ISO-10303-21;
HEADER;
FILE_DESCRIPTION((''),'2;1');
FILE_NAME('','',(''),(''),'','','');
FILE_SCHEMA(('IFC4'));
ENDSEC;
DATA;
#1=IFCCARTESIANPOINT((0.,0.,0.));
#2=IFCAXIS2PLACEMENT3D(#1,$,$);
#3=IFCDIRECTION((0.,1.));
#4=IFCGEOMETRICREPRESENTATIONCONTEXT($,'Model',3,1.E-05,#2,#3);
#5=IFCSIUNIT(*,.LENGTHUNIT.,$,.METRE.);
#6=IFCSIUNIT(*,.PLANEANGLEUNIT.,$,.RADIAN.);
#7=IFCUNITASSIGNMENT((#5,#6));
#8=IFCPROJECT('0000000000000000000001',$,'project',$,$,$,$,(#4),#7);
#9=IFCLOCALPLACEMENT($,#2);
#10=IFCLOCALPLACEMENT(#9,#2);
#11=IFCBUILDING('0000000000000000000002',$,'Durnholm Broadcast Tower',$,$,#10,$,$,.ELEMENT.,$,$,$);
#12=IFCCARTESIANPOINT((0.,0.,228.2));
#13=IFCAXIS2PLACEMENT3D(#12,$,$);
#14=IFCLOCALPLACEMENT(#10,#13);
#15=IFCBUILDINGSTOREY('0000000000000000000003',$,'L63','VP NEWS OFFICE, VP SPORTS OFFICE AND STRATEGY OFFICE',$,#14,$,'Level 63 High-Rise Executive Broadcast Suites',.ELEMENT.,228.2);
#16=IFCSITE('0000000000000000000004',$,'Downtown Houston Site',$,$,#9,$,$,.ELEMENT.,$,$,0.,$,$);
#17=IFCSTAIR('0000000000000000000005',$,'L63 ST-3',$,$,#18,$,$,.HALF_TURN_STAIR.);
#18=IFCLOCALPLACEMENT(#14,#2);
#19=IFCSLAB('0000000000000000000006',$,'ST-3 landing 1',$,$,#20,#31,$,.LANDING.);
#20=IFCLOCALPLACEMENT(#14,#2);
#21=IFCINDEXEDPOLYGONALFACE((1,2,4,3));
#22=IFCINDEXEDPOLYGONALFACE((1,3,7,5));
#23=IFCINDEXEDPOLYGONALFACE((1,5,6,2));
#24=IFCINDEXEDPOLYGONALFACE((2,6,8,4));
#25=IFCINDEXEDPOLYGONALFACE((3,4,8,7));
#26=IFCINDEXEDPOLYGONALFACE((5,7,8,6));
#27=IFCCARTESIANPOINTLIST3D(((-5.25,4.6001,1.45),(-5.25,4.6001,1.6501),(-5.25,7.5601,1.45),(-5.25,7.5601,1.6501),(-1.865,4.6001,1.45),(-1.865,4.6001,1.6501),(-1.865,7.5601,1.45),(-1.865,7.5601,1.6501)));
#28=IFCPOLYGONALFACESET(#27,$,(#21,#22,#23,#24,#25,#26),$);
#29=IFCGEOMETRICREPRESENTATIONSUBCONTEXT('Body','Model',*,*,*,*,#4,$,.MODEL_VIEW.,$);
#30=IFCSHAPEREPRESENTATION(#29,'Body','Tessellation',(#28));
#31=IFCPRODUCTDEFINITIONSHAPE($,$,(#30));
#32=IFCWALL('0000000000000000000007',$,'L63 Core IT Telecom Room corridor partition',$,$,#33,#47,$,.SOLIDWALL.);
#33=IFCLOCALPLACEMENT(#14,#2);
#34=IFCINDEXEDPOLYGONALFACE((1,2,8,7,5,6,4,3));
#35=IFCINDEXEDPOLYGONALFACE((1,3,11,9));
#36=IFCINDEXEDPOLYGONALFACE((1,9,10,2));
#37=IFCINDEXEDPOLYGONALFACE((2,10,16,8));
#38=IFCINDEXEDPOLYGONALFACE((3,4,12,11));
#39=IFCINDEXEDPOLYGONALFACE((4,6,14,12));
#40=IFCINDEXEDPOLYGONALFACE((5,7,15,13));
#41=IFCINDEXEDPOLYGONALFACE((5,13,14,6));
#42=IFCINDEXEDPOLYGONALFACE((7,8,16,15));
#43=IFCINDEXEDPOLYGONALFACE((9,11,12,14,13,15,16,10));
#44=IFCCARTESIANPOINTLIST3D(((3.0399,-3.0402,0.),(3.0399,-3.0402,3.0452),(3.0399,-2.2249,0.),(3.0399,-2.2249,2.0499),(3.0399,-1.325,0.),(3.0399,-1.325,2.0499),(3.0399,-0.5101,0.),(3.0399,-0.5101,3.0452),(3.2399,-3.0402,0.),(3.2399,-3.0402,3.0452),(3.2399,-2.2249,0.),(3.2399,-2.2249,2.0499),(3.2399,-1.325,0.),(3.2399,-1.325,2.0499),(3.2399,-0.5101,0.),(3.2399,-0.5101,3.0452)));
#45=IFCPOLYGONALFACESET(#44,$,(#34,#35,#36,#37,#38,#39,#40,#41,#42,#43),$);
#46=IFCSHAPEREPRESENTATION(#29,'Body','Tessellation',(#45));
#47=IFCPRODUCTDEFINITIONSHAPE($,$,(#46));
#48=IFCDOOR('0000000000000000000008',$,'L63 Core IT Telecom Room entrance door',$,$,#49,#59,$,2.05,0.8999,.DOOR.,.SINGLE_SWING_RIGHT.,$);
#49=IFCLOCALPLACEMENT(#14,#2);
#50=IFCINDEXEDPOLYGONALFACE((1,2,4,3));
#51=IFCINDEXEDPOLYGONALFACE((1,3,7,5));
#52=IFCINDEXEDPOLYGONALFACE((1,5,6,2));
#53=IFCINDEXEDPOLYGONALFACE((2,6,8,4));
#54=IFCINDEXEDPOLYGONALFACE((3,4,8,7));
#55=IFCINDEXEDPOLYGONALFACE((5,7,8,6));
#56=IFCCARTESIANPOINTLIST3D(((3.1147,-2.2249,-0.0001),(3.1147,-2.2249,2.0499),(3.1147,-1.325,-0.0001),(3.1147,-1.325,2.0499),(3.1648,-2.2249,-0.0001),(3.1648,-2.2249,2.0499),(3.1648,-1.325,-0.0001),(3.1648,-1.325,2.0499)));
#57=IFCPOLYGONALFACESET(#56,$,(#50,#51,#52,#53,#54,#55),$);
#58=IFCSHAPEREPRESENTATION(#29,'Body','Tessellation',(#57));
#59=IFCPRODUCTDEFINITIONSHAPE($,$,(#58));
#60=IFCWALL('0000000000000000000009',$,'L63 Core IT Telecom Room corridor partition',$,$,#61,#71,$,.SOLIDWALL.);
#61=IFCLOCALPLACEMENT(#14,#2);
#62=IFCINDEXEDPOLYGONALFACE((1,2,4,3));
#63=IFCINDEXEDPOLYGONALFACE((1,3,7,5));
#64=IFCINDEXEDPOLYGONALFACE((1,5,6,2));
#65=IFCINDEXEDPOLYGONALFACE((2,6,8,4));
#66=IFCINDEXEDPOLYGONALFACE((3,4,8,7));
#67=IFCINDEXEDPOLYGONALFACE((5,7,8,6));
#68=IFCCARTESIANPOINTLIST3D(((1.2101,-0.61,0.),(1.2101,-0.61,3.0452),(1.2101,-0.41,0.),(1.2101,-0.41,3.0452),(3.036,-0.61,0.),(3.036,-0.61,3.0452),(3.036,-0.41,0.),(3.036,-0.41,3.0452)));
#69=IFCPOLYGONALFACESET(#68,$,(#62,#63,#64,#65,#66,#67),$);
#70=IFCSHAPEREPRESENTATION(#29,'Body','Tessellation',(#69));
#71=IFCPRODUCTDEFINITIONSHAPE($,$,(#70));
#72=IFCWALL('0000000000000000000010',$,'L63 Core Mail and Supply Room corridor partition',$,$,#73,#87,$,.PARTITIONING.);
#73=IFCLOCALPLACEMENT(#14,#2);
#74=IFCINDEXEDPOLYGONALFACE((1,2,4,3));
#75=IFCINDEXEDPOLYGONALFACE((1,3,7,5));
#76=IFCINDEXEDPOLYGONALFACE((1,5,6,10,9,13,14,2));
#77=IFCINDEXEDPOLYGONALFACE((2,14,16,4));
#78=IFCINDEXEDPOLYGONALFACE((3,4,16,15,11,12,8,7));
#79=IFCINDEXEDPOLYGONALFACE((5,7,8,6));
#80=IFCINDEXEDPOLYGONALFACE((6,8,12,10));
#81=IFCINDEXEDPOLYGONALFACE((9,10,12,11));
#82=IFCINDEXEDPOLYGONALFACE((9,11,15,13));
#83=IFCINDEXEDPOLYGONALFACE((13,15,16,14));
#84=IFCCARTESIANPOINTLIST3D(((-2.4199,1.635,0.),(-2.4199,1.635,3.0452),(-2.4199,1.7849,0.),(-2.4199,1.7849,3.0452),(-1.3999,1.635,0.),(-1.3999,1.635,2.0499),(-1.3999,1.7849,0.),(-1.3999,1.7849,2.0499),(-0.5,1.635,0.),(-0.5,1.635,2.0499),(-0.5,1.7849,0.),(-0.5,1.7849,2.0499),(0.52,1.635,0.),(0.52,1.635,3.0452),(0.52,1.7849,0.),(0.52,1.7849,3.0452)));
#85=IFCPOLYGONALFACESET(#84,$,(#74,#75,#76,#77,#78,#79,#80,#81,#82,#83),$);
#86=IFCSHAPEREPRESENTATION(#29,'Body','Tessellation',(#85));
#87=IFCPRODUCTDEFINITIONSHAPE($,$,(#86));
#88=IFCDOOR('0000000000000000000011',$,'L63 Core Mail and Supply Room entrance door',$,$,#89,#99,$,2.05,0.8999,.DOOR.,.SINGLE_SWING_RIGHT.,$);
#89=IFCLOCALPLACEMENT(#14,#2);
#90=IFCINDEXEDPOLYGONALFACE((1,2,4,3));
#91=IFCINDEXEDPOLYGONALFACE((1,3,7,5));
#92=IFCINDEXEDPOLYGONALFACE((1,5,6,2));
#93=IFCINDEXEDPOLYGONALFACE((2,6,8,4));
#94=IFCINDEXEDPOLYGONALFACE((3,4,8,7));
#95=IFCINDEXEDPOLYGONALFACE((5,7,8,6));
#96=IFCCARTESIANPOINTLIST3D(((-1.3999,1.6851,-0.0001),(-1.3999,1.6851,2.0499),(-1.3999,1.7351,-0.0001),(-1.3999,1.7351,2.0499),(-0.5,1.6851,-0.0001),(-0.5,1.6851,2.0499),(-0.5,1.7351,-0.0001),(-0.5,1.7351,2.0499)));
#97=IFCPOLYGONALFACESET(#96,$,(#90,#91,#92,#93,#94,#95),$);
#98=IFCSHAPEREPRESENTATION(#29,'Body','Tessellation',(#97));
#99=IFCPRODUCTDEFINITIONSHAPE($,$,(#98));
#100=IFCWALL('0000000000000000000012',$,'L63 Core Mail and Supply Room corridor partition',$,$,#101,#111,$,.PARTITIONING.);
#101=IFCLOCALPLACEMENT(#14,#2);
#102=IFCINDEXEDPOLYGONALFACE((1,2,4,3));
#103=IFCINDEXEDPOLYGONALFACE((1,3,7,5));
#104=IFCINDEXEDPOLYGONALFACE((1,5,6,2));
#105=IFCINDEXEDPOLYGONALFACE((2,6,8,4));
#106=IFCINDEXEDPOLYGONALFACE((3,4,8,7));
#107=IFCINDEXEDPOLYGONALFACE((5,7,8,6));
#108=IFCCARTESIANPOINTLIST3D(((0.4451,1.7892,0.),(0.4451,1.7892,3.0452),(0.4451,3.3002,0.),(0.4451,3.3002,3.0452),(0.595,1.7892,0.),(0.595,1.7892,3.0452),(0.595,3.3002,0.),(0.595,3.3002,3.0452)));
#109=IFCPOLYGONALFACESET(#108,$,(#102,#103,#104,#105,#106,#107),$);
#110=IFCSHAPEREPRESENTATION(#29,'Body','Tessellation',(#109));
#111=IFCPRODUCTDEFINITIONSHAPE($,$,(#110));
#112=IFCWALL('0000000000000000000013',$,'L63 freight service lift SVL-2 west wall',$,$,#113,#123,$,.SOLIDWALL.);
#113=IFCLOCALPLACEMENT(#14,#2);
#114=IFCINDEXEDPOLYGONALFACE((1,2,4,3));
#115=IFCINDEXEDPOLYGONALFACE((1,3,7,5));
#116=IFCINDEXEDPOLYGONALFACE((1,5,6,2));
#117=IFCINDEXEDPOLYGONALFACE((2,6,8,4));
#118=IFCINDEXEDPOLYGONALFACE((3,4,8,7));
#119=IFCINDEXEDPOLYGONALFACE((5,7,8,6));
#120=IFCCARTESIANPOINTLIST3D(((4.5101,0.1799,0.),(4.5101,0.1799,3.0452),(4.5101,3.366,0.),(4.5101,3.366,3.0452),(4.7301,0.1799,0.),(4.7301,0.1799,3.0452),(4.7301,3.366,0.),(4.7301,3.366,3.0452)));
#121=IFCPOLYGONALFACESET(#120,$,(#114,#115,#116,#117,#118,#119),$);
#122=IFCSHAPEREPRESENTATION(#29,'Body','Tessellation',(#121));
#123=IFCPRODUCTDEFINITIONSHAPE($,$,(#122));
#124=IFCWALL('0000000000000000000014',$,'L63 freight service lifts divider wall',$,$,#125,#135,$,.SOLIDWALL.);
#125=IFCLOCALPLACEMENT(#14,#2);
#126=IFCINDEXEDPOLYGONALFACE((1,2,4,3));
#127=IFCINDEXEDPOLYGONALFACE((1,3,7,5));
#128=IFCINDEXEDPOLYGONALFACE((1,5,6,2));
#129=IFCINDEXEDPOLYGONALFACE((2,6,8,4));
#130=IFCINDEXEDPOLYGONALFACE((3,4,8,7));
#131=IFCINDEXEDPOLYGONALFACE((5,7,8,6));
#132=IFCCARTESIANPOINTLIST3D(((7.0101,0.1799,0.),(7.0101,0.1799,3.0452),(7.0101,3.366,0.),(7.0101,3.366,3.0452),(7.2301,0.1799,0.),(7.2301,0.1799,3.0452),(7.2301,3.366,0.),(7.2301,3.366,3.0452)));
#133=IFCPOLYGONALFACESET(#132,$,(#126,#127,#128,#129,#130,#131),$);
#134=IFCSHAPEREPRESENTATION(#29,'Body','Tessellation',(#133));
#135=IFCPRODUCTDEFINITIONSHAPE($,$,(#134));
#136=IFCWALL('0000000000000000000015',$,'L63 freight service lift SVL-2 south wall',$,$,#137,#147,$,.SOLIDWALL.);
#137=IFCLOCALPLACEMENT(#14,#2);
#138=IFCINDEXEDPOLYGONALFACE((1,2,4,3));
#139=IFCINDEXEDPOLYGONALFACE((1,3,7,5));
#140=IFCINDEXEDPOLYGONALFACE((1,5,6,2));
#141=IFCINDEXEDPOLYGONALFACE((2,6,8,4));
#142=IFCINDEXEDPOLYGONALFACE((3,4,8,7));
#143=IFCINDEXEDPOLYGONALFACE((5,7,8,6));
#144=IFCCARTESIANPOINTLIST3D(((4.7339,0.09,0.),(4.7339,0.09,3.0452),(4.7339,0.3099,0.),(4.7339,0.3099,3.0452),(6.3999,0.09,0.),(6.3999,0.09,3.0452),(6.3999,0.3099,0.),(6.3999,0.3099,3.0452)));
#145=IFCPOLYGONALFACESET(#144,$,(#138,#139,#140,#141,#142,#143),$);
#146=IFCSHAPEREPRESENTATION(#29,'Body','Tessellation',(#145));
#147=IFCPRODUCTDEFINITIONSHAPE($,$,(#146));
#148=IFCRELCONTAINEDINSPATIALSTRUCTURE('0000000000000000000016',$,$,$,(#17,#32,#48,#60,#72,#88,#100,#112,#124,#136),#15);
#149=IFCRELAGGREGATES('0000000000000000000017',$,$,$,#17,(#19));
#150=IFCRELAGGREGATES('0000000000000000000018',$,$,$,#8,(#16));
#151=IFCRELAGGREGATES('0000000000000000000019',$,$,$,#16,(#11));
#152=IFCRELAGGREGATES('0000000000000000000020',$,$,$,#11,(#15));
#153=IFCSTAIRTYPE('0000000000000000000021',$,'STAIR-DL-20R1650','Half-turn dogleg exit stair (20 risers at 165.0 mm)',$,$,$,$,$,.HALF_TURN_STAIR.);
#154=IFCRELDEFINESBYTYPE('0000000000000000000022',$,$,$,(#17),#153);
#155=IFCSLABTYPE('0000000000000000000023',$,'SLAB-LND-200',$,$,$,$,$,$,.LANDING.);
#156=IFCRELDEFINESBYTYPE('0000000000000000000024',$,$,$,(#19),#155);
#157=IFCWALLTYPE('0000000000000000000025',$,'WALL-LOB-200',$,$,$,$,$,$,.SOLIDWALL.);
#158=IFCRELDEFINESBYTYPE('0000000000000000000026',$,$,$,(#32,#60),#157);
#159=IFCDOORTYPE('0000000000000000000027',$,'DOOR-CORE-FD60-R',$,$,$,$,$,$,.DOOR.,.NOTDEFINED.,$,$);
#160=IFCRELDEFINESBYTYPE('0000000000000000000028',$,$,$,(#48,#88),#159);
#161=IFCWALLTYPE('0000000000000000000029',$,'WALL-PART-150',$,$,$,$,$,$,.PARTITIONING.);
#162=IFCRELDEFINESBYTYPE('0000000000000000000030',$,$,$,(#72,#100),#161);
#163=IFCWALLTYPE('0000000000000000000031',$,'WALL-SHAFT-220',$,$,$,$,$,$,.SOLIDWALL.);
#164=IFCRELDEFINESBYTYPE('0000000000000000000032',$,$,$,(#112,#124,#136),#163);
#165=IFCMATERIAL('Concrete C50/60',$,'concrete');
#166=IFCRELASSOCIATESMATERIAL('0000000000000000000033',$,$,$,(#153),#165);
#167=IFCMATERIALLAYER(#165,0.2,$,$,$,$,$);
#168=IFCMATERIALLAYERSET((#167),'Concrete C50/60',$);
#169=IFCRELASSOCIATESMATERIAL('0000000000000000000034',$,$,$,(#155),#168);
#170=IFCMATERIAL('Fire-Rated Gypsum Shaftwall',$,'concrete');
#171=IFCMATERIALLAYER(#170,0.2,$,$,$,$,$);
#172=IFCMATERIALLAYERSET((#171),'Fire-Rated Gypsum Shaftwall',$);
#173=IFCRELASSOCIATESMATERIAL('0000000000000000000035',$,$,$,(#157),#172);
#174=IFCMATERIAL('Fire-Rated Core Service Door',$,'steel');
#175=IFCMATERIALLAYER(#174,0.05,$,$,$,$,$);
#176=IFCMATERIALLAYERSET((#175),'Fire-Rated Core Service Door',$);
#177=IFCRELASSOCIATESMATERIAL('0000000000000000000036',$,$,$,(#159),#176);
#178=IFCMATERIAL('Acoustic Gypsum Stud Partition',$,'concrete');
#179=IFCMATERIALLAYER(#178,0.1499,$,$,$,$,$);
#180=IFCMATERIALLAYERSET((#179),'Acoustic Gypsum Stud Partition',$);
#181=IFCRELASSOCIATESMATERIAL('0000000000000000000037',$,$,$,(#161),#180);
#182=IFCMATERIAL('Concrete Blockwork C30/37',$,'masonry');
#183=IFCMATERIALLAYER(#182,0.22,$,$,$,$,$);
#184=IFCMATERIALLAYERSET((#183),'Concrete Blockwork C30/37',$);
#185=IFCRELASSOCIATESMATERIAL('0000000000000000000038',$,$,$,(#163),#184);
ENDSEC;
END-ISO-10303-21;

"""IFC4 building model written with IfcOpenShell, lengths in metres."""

from ifc_helpers import new_model, si_unit, direction, frame, frame_2d, origin, place, context, subcontext, project, spatial, polyline, rectangle, outline, extrude, source, transform, mapped, material, layer, layer_set, type_object, type_shapes, element, fill, aggregate, save


model = new_model("IFC4")

# Units and contexts
model_context = context("Model", 3, precision=1e-05, world=origin(), true_north=direction((0.0, 1.0)))
body_context = subcontext(model_context, "Body", "Model", "MODEL_VIEW")
ifc_project = project(units=[si_unit("LENGTHUNIT", "METRE"), si_unit("PLANEANGLEUNIT", "RADIAN")], contexts=[model_context])

# Site, building, storey
site_placement = place(None, origin())
site = spatial("IfcSite", under=ifc_project, at=site_placement, Name="Downtown Houston Site", CompositionType="ELEMENT", RefElevation=0.0)
building_placement = place(site_placement, origin())
building = spatial("IfcBuilding", under=site, at=building_placement, Name="Durnholm Broadcast Tower", CompositionType="ELEMENT")
storey_placement = place(building_placement, frame((0.0, 0.0, 228.2)))
storey = spatial("IfcBuildingStorey", under=building, at=storey_placement, Name="L63", Description="VP NEWS OFFICE, VP SPORTS OFFICE AND STRATEGY OFFICE", LongName="Level 63 High-Rise Executive Broadcast Suites", CompositionType="ELEMENT", Elevation=228.2)

# Stair, slab
ifc_material_1 = material(Name="Concrete C50/60", Category="concrete")
stair_type = type_object("IfcStairType", Name="STAIR-DL-20R1650", Description="Half-turn dogleg exit stair (20 risers at 165.0 mm)", PredefinedType="HALF_TURN_STAIR", material=ifc_material_1)
stair_placement = place(storey_placement, origin())
stair = element("IfcStair", 1, at=stair_placement, inside=storey, type_object=stair_type, Name="L63 ST-3", PredefinedType="HALF_TURN_STAIR")
ifc_layer_1 = layer(ifc_material_1, 0.2)
ifc_layer_set_1 = layer_set([ifc_layer_1], Name="Concrete C50/60")
slab_type = type_object("IfcSlabType", Name="SLAB-LND-200", PredefinedType="LANDING", material=ifc_layer_set_1)
slab_placement = place(storey_placement, frame((0.0, 0.0, 1.45)))
slab = element("IfcSlab", 2, at=slab_placement, type_object=slab_type, Name="ST-3 landing 1", PredefinedType="LANDING", context=body_context, shape_type="SweptSolid", body=[
    extrude(outline(polyline([(-1.865, 7.5601), (-5.25, 7.5601), (-5.25, 4.6001), (-1.865, 4.6001), (-1.865, 7.5601)])), origin(), (0.0, 0.0, 1.0), 0.2002),
])

# Wall, opening, door
ifc_material_2 = material(Name="Fire-Rated Gypsum Shaftwall", Category="concrete")
ifc_layer_2 = layer(ifc_material_2, 0.2)
ifc_layer_set_2 = layer_set([ifc_layer_2], Name="Fire-Rated Gypsum Shaftwall")
wall_type_1 = type_object("IfcWallType", Name="WALL-LOB-200", PredefinedType="SOLIDWALL", material=ifc_layer_set_2)
wall_1_placement = place(storey_placement, frame((3.1399, -0.51, 0.0), z_axis=(0.0, 0.0, 1.0), x_axis=(0.0, -1.0, 0.0)))
wall_1 = element("IfcWall", 3, at=wall_1_placement, inside=storey, type_object=wall_type_1, Name="L63 Core IT Telecom Room corridor partition", PredefinedType="SOLIDWALL", context=body_context, shape_type="SweptSolid", body=[
    extrude(rectangle(XDim=2.53, YDim=0.2, at=frame_2d((1.2651, 0.0))), origin(), (0.0, 0.0, 1.0), 3.0452),
])
opening_1_placement = place(wall_1_placement, frame((0.8149, 0.0, 0.0)))
opening_1 = element("IfcOpeningElement", 4, at=opening_1_placement, cuts=wall_1, PredefinedType="OPENING", context=body_context, shape_type="SweptSolid", body=[
    extrude(rectangle(XDim=0.8999, YDim=2.05, at=frame_2d((0.45, 1.0249))), frame((0.0, 0.1099, 0.0), z_axis=(0.0, -1.0, 0.0), x_axis=(1.0, 0.0, 0.0)), (0.0, 0.0, 1.0), 0.22),
])
ifc_material_3 = material(Name="Fire-Rated Core Service Door", Category="steel")
ifc_layer_3 = layer(ifc_material_3, 0.05)
ifc_layer_set_3 = layer_set([ifc_layer_3], Name="Fire-Rated Core Service Door")
door_type_1 = type_object("IfcDoorType", Name="DOOR-CORE-FD60-R", OperationType="NOTDEFINED", PredefinedType="DOOR", material=ifc_layer_set_3)
shared_shape_1 = source(origin(), body_context, "Body", "SweptSolid", [
    extrude(rectangle(XDim=0.8999, YDim=2.05, at=frame_2d((0.45, 1.0249))), frame((0.0, 0.0249, 0.0), z_axis=(0.0, -1.0, 0.0), x_axis=(1.0, 0.0, 0.0)), (0.0, 0.0, 1.0), 0.05),
])
type_shapes(door_type_1, [shared_shape_1])
door_1_placement = place(opening_1_placement, origin())
door_1 = element("IfcDoor", 5, at=door_1_placement, inside=storey, type_object=door_type_1, Name="L63 Core IT Telecom Room entrance door", OperationType="SINGLE_SWING_RIGHT", OverallHeight=2.05, OverallWidth=0.8999, PredefinedType="DOOR", context=body_context, shape_type="MappedRepresentation", body=[
    mapped(shared_shape_1, transform((0.0, 0.0, 0.0), x_axis=(1.0, 0.0, 0.0), y_axis=(0.0, 1.0, 0.0), z_axis=(0.0, 0.0, 1.0), scale=1.0)),
])
fill(opening_1, door_1)

# Wall
wall_2_placement = place(storey_placement, frame((1.21, -0.51, 0.0), z_axis=(0.0, 0.0, 1.0), x_axis=(1.0, 0.0, 0.0)))
element("IfcWall", 6, at=wall_2_placement, inside=storey, type_object=wall_type_1, Name="L63 Core IT Telecom Room corridor partition", PredefinedType="SOLIDWALL", context=body_context, shape_type="SweptSolid", body=[
    extrude(rectangle(XDim=1.8259, YDim=0.2, at=frame_2d((0.9131, 0.0))), origin(), (0.0, 0.0, 1.0), 3.0452),
])

# Wall, opening, door
ifc_material_4 = material(Name="Acoustic Gypsum Stud Partition", Category="concrete")
ifc_layer_4 = layer(ifc_material_4, 0.1499)
ifc_layer_set_4 = layer_set([ifc_layer_4], Name="Acoustic Gypsum Stud Partition")
wall_type_2 = type_object("IfcWallType", Name="WALL-PART-150", PredefinedType="PARTITIONING", material=ifc_layer_set_4)
wall_3_placement = place(storey_placement, frame((0.52, 1.71, 0.0), z_axis=(0.0, 0.0, 1.0), x_axis=(-1.0, 0.0, 0.0)))
wall_3 = element("IfcWall", 7, at=wall_3_placement, inside=storey, type_object=wall_type_2, Name="L63 Core Mail and Supply Room corridor partition", PredefinedType="PARTITIONING", context=body_context, shape_type="SweptSolid", body=[
    extrude(rectangle(XDim=2.9399, YDim=0.1499, at=frame_2d((1.47, 0.0))), origin(), (0.0, 0.0, 1.0), 3.0452),
])
opening_2_placement = place(wall_3_placement, frame((1.02, 0.0, 0.0)))
opening_2 = element("IfcOpeningElement", 8, at=opening_2_placement, cuts=wall_3, PredefinedType="OPENING", context=body_context, shape_type="SweptSolid", body=[
    extrude(rectangle(XDim=0.8999, YDim=2.05, at=frame_2d((0.45, 1.0249))), frame((0.0, 0.085, 0.0), z_axis=(0.0, -1.0, 0.0), x_axis=(1.0, 0.0, 0.0)), (0.0, 0.0, 1.0), 0.1699),
])
door_2_placement = place(opening_2_placement, origin())
door_2 = element("IfcDoor", 9, at=door_2_placement, inside=storey, type_object=door_type_1, Name="L63 Core Mail and Supply Room entrance door", OperationType="SINGLE_SWING_RIGHT", OverallHeight=2.05, OverallWidth=0.8999, PredefinedType="DOOR", context=body_context, shape_type="MappedRepresentation", body=[
    mapped(shared_shape_1, transform((0.0, 0.0, 0.0), x_axis=(1.0, 0.0, 0.0), y_axis=(0.0, 1.0, 0.0), z_axis=(0.0, 0.0, 1.0), scale=1.0)),
])
fill(opening_2, door_2)

# Wall
wall_4_placement = place(storey_placement, frame((0.52, 3.3, 0.0), z_axis=(0.0, 0.0, 1.0), x_axis=(0.0, -1.0, 0.0)))
element("IfcWall", 10, at=wall_4_placement, inside=storey, type_object=wall_type_2, Name="L63 Core Mail and Supply Room corridor partition", PredefinedType="PARTITIONING", context=body_context, shape_type="SweptSolid", body=[
    extrude(rectangle(XDim=1.511, YDim=0.1499, at=frame_2d((0.7554, 0.0))), origin(), (0.0, 0.0, 1.0), 3.0452),
])

# Shared definitions
ifc_material_5 = material(Name="Concrete Blockwork C30/37", Category="masonry")
ifc_layer_5 = layer(ifc_material_5, 0.22)
ifc_layer_set_5 = layer_set([ifc_layer_5], Name="Concrete Blockwork C30/37")
wall_type_3 = type_object("IfcWallType", Name="WALL-SHAFT-220", PredefinedType="SOLIDWALL", material=ifc_layer_set_5)

# Walls
for number, where, z_axis, x_axis, name in (
    (11, (4.6201, 0.1799, 0.0), (0.0, 0.0, 1.0), (0.0, 1.0, 0.0), "L63 freight service lift SVL-2 west wall"),
    (12, (7.1201, 0.1799, 0.0), (0.0, 0.0, 1.0), (0.0, 1.0, 0.0), "L63 freight service lifts divider wall"),
):
    element("IfcWall", number, at=place(storey_placement, frame(where, z_axis=z_axis, x_axis=x_axis)), inside=storey, type_object=wall_type_3, Name=name, PredefinedType="SOLIDWALL", context=body_context, shape_type="SweptSolid", body=[
        extrude(rectangle(XDim=3.186, YDim=0.22, at=frame_2d((1.593, 0.0))), origin(), (0.0, 0.0, 1.0), 3.0452),
    ])
wall_5_placement = place(storey_placement, frame((4.7339, 0.2, 0.0), z_axis=(0.0, 0.0, 1.0), x_axis=(1.0, 0.0, 0.0)))
element("IfcWall", 13, at=wall_5_placement, inside=storey, type_object=wall_type_3, Name="L63 freight service lift SVL-2 south wall", PredefinedType="SOLIDWALL", context=body_context, shape_type="SweptSolid", body=[
    extrude(rectangle(XDim=1.666, YDim=0.22, at=frame_2d((0.833, 0.0))), origin(), (0.0, 0.0, 1.0), 3.0452),
])

aggregate(stair, [slab])

save(model, "model.ifc")
